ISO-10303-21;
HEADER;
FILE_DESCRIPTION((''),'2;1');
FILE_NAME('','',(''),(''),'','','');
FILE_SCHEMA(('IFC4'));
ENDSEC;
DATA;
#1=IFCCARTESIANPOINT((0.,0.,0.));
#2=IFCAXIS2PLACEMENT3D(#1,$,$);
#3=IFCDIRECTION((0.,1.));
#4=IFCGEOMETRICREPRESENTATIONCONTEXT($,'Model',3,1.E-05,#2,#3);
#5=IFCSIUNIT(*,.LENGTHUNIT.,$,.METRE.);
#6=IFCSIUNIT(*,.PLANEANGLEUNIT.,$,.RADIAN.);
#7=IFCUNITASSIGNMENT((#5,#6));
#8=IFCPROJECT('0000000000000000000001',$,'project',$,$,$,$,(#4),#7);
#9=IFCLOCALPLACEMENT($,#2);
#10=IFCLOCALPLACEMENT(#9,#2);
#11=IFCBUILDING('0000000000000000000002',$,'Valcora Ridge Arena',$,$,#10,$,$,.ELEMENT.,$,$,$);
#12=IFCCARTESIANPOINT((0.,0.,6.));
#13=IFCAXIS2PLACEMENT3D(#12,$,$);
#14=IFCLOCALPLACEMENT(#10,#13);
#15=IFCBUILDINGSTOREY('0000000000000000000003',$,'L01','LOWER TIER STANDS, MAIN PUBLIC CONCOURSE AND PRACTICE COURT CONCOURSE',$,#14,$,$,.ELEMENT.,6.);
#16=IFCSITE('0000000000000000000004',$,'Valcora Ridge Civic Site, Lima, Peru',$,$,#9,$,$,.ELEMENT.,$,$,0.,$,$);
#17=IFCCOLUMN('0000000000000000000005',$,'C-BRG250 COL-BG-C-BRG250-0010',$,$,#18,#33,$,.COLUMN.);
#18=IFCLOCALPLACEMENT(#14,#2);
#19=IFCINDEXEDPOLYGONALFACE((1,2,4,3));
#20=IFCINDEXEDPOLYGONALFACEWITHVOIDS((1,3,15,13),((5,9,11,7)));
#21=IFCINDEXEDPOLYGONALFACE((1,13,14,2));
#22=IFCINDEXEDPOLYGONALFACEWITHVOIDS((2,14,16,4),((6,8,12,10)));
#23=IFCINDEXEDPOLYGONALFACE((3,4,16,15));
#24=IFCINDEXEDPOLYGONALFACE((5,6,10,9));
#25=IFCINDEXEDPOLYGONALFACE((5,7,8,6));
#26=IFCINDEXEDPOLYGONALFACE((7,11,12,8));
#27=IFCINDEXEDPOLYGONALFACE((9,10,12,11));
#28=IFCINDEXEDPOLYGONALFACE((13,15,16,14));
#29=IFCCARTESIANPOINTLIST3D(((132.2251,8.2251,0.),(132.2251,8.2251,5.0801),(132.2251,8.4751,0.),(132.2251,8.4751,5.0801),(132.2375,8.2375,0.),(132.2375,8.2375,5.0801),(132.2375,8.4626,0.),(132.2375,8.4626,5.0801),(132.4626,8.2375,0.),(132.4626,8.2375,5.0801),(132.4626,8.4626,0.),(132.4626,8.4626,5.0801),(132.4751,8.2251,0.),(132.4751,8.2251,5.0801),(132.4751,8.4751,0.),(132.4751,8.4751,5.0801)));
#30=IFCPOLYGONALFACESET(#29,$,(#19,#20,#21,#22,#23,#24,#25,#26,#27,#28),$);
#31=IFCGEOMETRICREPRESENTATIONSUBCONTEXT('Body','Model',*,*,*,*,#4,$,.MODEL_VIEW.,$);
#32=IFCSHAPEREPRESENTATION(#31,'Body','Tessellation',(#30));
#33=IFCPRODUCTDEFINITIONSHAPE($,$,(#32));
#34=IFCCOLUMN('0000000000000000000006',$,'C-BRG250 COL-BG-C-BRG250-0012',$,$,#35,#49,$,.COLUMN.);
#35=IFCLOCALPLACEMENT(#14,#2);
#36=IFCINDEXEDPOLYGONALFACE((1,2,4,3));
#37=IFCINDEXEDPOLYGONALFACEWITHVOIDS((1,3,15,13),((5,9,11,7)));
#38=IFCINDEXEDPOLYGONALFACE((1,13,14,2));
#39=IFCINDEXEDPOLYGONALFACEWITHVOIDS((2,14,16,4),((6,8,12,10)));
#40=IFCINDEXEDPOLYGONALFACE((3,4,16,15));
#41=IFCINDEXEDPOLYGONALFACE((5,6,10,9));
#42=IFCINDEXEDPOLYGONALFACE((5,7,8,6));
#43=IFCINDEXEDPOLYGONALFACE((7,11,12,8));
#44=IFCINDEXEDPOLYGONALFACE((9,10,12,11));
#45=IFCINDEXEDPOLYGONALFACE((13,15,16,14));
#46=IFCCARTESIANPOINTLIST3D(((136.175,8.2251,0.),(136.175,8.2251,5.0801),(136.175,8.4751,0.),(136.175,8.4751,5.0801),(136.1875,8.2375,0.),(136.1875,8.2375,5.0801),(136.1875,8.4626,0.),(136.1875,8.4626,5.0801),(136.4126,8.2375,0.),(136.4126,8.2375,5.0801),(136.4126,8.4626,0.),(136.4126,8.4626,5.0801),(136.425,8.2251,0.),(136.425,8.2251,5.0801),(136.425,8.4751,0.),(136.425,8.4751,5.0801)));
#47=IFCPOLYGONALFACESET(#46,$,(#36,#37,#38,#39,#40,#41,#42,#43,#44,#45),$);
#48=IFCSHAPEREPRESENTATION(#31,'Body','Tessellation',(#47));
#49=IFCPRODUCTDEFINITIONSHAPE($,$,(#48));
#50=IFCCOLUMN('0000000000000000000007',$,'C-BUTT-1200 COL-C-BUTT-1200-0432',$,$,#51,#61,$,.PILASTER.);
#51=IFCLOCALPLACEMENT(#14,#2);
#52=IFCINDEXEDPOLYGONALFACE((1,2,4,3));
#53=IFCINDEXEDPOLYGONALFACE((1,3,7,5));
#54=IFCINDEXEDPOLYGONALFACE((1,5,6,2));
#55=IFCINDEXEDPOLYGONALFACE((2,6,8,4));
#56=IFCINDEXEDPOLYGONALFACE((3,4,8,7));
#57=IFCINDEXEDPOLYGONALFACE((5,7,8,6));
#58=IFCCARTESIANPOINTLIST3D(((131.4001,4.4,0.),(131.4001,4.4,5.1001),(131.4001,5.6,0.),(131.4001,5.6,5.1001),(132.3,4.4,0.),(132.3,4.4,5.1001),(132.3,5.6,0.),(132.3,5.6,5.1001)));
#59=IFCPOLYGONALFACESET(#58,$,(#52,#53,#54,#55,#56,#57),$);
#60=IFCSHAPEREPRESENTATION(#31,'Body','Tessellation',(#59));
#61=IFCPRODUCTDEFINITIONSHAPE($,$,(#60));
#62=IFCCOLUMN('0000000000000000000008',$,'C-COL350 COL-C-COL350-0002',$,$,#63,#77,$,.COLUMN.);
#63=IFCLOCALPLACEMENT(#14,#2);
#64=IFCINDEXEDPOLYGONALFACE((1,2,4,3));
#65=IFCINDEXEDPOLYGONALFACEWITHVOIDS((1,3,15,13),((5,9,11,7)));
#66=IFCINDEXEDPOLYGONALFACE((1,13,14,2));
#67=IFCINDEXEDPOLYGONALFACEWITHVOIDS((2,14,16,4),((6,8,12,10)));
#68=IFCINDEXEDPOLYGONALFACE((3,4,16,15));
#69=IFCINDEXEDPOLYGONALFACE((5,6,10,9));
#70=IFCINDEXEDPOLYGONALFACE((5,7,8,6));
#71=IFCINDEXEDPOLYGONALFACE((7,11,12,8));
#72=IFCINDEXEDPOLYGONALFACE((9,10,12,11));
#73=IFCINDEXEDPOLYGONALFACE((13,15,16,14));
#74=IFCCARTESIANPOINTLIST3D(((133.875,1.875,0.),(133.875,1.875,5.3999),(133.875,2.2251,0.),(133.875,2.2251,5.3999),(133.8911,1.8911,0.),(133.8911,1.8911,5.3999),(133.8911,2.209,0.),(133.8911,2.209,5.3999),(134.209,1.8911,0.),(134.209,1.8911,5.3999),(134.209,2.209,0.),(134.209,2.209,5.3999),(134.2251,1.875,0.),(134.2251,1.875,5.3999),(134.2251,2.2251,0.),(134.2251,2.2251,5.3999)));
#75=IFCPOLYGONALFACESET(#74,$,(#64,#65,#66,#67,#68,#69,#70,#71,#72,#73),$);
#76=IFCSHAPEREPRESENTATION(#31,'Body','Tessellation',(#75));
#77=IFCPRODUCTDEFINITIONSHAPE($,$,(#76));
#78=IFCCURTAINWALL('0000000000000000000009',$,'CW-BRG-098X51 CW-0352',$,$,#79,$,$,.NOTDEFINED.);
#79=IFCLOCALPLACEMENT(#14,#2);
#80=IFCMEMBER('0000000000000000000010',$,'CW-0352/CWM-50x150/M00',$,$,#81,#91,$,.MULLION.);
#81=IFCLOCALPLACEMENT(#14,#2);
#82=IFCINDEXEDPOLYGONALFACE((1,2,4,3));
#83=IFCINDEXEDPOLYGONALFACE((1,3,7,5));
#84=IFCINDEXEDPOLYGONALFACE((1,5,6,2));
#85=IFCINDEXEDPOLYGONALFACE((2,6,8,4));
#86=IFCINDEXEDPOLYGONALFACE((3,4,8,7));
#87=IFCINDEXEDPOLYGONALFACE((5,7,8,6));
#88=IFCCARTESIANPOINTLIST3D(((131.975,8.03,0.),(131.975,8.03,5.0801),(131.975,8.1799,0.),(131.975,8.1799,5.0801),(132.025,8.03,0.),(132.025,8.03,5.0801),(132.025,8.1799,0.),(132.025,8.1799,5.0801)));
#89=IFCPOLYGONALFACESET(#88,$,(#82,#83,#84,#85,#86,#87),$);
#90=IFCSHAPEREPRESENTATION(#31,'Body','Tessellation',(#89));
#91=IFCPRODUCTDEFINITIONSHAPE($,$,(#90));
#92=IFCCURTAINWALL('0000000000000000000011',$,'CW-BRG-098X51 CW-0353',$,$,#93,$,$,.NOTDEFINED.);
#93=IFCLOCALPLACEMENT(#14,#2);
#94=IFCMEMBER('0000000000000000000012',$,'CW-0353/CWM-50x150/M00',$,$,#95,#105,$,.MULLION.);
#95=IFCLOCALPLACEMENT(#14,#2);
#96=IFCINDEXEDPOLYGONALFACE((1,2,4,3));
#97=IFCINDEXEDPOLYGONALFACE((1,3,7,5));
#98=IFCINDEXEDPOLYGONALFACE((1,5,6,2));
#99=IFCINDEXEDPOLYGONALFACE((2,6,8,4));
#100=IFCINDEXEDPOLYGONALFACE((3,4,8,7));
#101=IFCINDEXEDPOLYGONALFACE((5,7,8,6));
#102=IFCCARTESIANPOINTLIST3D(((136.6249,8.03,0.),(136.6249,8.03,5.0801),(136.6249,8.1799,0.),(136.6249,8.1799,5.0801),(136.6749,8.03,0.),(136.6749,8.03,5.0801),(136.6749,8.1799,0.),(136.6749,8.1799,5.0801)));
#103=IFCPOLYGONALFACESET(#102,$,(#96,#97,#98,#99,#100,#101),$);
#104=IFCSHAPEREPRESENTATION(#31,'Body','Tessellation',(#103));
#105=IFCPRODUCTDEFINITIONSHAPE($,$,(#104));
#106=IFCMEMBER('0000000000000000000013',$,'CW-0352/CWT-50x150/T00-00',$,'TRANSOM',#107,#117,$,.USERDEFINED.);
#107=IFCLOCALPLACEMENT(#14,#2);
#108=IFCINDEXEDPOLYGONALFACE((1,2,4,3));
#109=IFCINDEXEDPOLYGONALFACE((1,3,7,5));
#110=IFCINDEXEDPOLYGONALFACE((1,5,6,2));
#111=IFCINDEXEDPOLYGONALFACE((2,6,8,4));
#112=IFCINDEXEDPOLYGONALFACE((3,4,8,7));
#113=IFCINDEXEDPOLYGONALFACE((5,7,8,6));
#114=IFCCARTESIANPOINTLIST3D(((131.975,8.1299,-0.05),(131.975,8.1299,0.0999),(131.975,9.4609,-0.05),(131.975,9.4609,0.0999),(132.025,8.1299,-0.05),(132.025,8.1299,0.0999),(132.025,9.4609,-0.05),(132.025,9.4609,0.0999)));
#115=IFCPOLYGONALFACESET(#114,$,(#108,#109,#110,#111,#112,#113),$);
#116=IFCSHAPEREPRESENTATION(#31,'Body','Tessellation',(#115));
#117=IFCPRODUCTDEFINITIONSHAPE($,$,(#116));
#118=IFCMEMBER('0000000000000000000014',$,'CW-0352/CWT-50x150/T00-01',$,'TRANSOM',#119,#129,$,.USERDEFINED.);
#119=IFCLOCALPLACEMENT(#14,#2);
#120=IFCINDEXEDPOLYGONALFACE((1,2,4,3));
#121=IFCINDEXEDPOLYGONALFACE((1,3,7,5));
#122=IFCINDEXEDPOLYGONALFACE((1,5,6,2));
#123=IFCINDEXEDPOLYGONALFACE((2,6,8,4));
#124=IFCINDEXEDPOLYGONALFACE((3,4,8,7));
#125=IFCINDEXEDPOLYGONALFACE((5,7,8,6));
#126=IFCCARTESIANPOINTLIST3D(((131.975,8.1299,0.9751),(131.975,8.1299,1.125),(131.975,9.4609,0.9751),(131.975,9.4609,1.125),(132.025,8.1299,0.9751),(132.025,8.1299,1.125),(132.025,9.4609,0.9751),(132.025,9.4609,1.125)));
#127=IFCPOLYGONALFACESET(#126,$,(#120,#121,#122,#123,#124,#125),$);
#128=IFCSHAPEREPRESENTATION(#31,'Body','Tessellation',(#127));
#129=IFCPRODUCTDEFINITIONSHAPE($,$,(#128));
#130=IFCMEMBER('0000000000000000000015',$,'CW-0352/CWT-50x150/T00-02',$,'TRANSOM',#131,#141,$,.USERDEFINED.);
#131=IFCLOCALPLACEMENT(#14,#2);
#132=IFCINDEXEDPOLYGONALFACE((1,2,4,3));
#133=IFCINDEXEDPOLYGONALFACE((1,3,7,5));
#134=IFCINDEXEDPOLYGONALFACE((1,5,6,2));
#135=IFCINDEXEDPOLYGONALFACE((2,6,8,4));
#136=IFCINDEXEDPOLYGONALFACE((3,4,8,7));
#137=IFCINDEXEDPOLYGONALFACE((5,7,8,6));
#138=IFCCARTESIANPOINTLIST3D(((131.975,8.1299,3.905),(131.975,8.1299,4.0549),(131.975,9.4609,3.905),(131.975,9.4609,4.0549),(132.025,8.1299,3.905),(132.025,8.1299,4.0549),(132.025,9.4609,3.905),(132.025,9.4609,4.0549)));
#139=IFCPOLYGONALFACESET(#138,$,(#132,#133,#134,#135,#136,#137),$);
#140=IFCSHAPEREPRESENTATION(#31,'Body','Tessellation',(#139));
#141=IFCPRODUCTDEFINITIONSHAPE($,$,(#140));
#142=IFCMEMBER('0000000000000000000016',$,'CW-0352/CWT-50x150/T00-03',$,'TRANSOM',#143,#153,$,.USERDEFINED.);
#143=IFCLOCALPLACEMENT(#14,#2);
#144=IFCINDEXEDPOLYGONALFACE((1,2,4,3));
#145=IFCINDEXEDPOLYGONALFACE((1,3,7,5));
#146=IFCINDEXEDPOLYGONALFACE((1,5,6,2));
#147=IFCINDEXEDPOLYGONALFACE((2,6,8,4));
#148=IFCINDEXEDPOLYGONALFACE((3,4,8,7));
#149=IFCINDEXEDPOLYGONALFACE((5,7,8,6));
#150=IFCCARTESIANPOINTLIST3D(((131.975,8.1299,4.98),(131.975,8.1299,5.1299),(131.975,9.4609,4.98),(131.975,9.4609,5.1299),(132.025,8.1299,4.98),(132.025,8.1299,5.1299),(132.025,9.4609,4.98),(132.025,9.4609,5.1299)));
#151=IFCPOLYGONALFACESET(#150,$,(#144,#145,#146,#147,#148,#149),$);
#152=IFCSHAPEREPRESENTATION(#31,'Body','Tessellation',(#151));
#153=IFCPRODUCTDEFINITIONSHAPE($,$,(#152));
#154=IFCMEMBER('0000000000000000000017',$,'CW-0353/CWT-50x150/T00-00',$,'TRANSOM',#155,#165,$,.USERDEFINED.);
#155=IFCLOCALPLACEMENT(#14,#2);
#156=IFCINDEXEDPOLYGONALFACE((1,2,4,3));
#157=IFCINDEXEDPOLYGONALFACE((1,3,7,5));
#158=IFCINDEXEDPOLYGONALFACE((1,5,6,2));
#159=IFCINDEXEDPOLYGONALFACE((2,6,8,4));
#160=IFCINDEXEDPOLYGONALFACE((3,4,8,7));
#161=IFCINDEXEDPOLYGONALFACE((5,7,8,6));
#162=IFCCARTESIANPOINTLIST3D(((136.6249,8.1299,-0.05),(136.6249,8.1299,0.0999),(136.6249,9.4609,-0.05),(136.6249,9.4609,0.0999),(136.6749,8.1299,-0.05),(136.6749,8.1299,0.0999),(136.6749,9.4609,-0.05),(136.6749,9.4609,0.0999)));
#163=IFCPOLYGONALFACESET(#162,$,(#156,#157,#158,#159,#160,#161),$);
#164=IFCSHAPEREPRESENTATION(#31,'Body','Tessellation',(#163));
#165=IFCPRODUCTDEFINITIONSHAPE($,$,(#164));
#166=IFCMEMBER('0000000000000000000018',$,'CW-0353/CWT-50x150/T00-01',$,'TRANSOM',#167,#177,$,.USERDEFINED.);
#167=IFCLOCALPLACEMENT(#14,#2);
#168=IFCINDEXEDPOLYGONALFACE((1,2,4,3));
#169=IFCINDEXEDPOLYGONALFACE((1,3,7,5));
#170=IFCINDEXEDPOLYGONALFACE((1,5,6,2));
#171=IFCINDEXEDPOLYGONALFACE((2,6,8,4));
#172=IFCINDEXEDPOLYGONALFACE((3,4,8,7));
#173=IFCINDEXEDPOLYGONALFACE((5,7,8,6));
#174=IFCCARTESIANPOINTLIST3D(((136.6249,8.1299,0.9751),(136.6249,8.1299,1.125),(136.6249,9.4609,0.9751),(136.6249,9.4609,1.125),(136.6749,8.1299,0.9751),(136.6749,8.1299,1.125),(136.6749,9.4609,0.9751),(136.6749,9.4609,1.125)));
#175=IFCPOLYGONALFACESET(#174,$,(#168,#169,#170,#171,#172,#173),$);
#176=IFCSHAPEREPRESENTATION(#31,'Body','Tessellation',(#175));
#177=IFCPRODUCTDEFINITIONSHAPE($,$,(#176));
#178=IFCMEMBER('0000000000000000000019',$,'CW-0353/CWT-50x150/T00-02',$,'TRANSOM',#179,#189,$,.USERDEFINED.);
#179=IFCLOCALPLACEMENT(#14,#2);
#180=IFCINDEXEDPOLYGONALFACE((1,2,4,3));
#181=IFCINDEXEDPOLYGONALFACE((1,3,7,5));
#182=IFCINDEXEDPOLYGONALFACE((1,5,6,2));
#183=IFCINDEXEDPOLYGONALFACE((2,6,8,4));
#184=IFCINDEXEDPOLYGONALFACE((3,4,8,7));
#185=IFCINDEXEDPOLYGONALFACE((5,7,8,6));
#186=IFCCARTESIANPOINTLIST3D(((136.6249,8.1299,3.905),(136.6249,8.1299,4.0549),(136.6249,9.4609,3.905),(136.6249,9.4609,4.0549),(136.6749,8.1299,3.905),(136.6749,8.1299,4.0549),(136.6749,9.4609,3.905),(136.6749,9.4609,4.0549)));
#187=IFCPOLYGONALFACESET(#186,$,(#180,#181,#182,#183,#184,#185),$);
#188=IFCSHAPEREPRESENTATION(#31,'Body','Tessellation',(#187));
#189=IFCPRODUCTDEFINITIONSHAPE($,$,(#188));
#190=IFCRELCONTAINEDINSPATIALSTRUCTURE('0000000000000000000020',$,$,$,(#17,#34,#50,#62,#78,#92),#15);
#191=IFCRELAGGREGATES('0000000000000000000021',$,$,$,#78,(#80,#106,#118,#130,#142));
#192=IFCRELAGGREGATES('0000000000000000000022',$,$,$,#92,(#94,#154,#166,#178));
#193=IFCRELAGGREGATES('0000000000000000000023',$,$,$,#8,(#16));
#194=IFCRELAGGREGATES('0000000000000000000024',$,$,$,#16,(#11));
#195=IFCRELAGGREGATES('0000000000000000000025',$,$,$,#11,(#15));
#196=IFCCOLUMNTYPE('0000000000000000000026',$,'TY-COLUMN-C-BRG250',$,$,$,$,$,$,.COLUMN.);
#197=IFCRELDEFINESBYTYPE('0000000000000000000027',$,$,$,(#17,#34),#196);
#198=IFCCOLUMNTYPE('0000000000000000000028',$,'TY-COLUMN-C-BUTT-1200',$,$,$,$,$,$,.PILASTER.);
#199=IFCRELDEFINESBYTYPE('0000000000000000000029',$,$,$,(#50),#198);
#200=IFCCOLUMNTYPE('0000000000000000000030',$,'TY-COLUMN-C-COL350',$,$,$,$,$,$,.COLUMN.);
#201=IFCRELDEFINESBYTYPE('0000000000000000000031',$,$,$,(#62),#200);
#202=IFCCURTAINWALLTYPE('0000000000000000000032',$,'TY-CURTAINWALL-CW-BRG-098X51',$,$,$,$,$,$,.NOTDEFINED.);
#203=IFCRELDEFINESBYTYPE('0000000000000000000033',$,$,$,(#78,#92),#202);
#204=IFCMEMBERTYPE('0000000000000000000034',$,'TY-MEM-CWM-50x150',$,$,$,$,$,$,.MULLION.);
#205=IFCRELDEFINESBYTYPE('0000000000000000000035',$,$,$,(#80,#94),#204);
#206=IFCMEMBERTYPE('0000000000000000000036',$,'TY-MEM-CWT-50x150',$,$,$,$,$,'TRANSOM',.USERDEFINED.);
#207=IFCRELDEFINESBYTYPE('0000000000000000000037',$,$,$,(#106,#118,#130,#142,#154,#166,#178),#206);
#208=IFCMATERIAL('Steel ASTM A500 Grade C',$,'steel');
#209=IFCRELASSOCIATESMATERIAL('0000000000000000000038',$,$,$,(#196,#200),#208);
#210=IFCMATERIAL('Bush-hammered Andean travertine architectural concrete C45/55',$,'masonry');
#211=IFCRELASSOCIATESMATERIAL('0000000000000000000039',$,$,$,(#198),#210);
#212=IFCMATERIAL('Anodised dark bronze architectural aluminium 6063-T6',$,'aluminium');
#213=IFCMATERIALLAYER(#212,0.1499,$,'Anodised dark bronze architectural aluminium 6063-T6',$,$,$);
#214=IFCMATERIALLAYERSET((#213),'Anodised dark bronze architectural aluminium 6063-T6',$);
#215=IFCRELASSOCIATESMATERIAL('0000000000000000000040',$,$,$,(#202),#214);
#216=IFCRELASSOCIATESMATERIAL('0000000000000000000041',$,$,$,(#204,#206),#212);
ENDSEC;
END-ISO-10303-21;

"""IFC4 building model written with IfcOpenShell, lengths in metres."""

from ifc_helpers import new_model, si_unit, direction, frame, origin, origin_2d, place, context, subcontext, project, spatial, rectangle, hollow_rectangle, extrude, material, layer, layer_set, material_profile, profile_set, type_object, element, aggregate, save


model = new_model("IFC4")

# Units and contexts
model_context = context("Model", 3, precision=1e-05, world=origin(), true_north=direction((0.0, 1.0)))
body_context = subcontext(model_context, "Body", "Model", "MODEL_VIEW")
ifc_project = project(units=[si_unit("LENGTHUNIT", "METRE"), si_unit("PLANEANGLEUNIT", "RADIAN")], contexts=[model_context])

# Site, building, storey
site_placement = place(None, origin())
site = spatial("IfcSite", under=ifc_project, at=site_placement, Name="Valcora Ridge Civic Site, Lima, Peru", CompositionType="ELEMENT", RefElevation=0.0)
building_placement = place(site_placement, origin())
building = spatial("IfcBuilding", under=site, at=building_placement, Name="Valcora Ridge Arena", CompositionType="ELEMENT")
storey_placement = place(building_placement, frame((0.0, 0.0, 6.0)))
storey = spatial("IfcBuildingStorey", under=building, at=storey_placement, Name="L01", Description="LOWER TIER STANDS, MAIN PUBLIC CONCOURSE AND PRACTICE COURT CONCOURSE", CompositionType="ELEMENT", Elevation=6.0)

# Columns
ifc_material_1 = material(Name="Steel ASTM A500 Grade C", Category="steel")
ifc_material_profile_1 = material_profile(ifc_material_1, hollow_rectangle(XDim=0.25, YDim=0.25, WallThickness=0.0125, at=origin_2d()), Name="HSS250X250X12")
ifc_profile_set_1 = profile_set([ifc_material_profile_1], Name="Steel ASTM A500 Grade C")
column_type_1 = type_object("IfcColumnType", Name="TY-COLUMN-C-BRG250", PredefinedType="COLUMN", material=ifc_profile_set_1)
for number, where, z_axis, x_axis, name in (
    (1, (132.3501, 8.3501, 0.0), (0.0, 0.0, 1.0), (1.0, 0.0, 0.0), "C-BRG250 COL-BG-C-BRG250-0010"),
    (2, (136.3, 8.3501, 0.0), (0.0, 0.0, 1.0), (1.0, 0.0, 0.0), "C-BRG250 COL-BG-C-BRG250-0012"),
):
    element("IfcColumn", number, at=place(storey_placement, frame(where, z_axis=z_axis, x_axis=x_axis)), inside=storey, type_object=column_type_1, Name=name, PredefinedType="COLUMN", context=body_context, shape_type="SweptSolid", body=[
        extrude(hollow_rectangle(XDim=0.25, YDim=0.25, WallThickness=0.0125, at=origin_2d()), origin(), (0.0, 0.0, 1.0), 5.0801),
    ])
ifc_material_2 = material(Name="Bush-hammered Andean travertine architectural concrete C45/55", Category="masonry")
ifc_material_profile_2 = material_profile(ifc_material_2, rectangle(XDim=0.8999, YDim=1.2, at=origin_2d()), Name="RC 900x1200")
ifc_profile_set_2 = profile_set([ifc_material_profile_2], Name="Bush-hammered Andean travertine architectural concrete C45/55")
column_type_2 = type_object("IfcColumnType", Name="TY-COLUMN-C-BUTT-1200", PredefinedType="PILASTER", material=ifc_profile_set_2)
column_1_placement = place(storey_placement, frame((131.8501, 5.0, 0.0), z_axis=(0.0, 0.0, 1.0), x_axis=(1.0, 0.0, 0.0)))
element("IfcColumn", 3, at=column_1_placement, inside=storey, type_object=column_type_2, Name="C-BUTT-1200 COL-C-BUTT-1200-0432", PredefinedType="PILASTER", context=body_context, shape_type="SweptSolid", body=[
    extrude(rectangle(XDim=0.8999, YDim=1.2, at=origin_2d()), origin(), (0.0, 0.0, 1.0), 5.1001),
])
ifc_material_profile_3 = material_profile(ifc_material_1, hollow_rectangle(XDim=0.3501, YDim=0.3501, WallThickness=0.0161, at=origin_2d()), Name="HSS350X350X16")
ifc_profile_set_3 = profile_set([ifc_material_profile_3], Name="Steel ASTM A500 Grade C")
column_type_3 = type_object("IfcColumnType", Name="TY-COLUMN-C-COL350", PredefinedType="COLUMN", material=ifc_profile_set_3)
column_2_placement = place(storey_placement, frame((134.05, 2.05, 0.0), z_axis=(0.0, 0.0, 1.0), x_axis=(1.0, 0.0, 0.0)))
element("IfcColumn", 4, at=column_2_placement, inside=storey, type_object=column_type_3, Name="C-COL350 COL-C-COL350-0002", PredefinedType="COLUMN", context=body_context, shape_type="SweptSolid", body=[
    extrude(hollow_rectangle(XDim=0.3501, YDim=0.3501, WallThickness=0.0161, at=origin_2d()), origin(), (0.0, 0.0, 1.0), 5.3999),
])

# Curtain walls, members
ifc_material_3 = material(Name="Anodised dark bronze architectural aluminium 6063-T6", Category="aluminium")
ifc_layer_1 = layer(ifc_material_3, 0.1499, Name="Anodised dark bronze architectural aluminium 6063-T6")
ifc_layer_set_1 = layer_set([ifc_layer_1], Name="Anodised dark bronze architectural aluminium 6063-T6")
curtain_wall_type = type_object("IfcCurtainWallType", Name="TY-CURTAINWALL-CW-BRG-098X51", PredefinedType="NOTDEFINED", material=ifc_layer_set_1)
curtain_wall_1_placement = place(storey_placement, origin())
curtain_wall_1 = element("IfcCurtainWall", 5, at=curtain_wall_1_placement, inside=storey, type_object=curtain_wall_type, Name="CW-BRG-098X51 CW-0352", PredefinedType="NOTDEFINED")
ifc_material_profile_4 = material_profile(ifc_material_3, rectangle(XDim=0.05, YDim=0.1499, at=origin_2d()), Name="ALU MULLION 50x150")
ifc_profile_set_4 = profile_set([ifc_material_profile_4], Name="Anodised dark bronze architectural aluminium 6063-T6")
member_type_1 = type_object("IfcMemberType", Name="TY-MEM-CWM-50x150", PredefinedType="MULLION", material=ifc_profile_set_4)
member_1_placement = place(storey_placement, frame((132.0, 8.105, 0.0), z_axis=(0.0, 0.0, 1.0), x_axis=(-1.0, 0.0, 0.0)))
member_1 = element("IfcMember", 6, at=member_1_placement, type_object=member_type_1, Name="CW-0352/CWM-50x150/M00", PredefinedType="MULLION", context=body_context, shape_type="SweptSolid", body=[
    extrude(rectangle(XDim=0.05, YDim=0.1499, at=origin_2d()), origin(), (0.0, 0.0, 1.0), 5.0801),
])
curtain_wall_2_placement = place(storey_placement, origin())
curtain_wall_2 = element("IfcCurtainWall", 7, at=curtain_wall_2_placement, inside=storey, type_object=curtain_wall_type, Name="CW-BRG-098X51 CW-0353", PredefinedType="NOTDEFINED")
member_2_placement = place(storey_placement, frame((136.6499, 8.105, 0.0), z_axis=(0.0, 0.0, 1.0), x_axis=(-1.0, 0.0, 0.0)))
member_2 = element("IfcMember", 8, at=member_2_placement, type_object=member_type_1, Name="CW-0353/CWM-50x150/M00", PredefinedType="MULLION", context=body_context, shape_type="SweptSolid", body=[
    extrude(rectangle(XDim=0.05, YDim=0.1499, at=origin_2d()), origin(), (0.0, 0.0, 1.0), 5.0801),
])

# Members
ifc_material_profile_5 = material_profile(ifc_material_3, rectangle(XDim=0.05, YDim=0.1499, at=origin_2d()), Name="ALU TRANSOM 50x150")
ifc_profile_set_5 = profile_set([ifc_material_profile_5], Name="Anodised dark bronze architectural aluminium 6063-T6")
member_type_2 = type_object("IfcMemberType", Name="TY-MEM-CWT-50x150", ElementType="TRANSOM", PredefinedType="USERDEFINED", material=ifc_profile_set_5)
member_3_placement = place(storey_placement, frame((132.0, 8.1299, 0.0249), z_axis=(0.0, 1.0, 0.0), x_axis=(-1.0, 0.0, 0.0)))
member_3 = element("IfcMember", 9, at=member_3_placement, type_object=member_type_2, Name="CW-0352/CWT-50x150/T00-00", ObjectType="TRANSOM", PredefinedType="USERDEFINED", context=body_context, shape_type="SweptSolid", body=[
    extrude(rectangle(XDim=0.05, YDim=0.1499, at=origin_2d()), origin(), (0.0, 0.0, 1.0), 1.3311),
])
member_4_placement = place(storey_placement, frame((132.0, 8.1299, 1.05), z_axis=(0.0, 1.0, 0.0), x_axis=(-1.0, 0.0, 0.0)))
member_4 = element("IfcMember", 10, at=member_4_placement, type_object=member_type_2, Name="CW-0352/CWT-50x150/T00-01", ObjectType="TRANSOM", PredefinedType="USERDEFINED", context=body_context, shape_type="SweptSolid", body=[
    extrude(rectangle(XDim=0.05, YDim=0.1499, at=origin_2d()), origin(), (0.0, 0.0, 1.0), 1.3311),
])
member_5_placement = place(storey_placement, frame((132.0, 8.1299, 3.98), z_axis=(0.0, 1.0, 0.0), x_axis=(-1.0, 0.0, 0.0)))
member_5 = element("IfcMember", 11, at=member_5_placement, type_object=member_type_2, Name="CW-0352/CWT-50x150/T00-02", ObjectType="TRANSOM", PredefinedType="USERDEFINED", context=body_context, shape_type="SweptSolid", body=[
    extrude(rectangle(XDim=0.05, YDim=0.1499, at=origin_2d()), origin(), (0.0, 0.0, 1.0), 1.3311),
])
member_6_placement = place(storey_placement, frame((132.0, 8.1299, 5.0549), z_axis=(0.0, 1.0, 0.0), x_axis=(-1.0, 0.0, 0.0)))
member_6 = element("IfcMember", 12, at=member_6_placement, type_object=member_type_2, Name="CW-0352/CWT-50x150/T00-03", ObjectType="TRANSOM", PredefinedType="USERDEFINED", context=body_context, shape_type="SweptSolid", body=[
    extrude(rectangle(XDim=0.05, YDim=0.1499, at=origin_2d()), origin(), (0.0, 0.0, 1.0), 1.3311),
])
member_7_placement = place(storey_placement, frame((136.6499, 8.1299, 0.0249), z_axis=(0.0, 1.0, 0.0), x_axis=(-1.0, 0.0, 0.0)))
member_7 = element("IfcMember", 13, at=member_7_placement, type_object=member_type_2, Name="CW-0353/CWT-50x150/T00-00", ObjectType="TRANSOM", PredefinedType="USERDEFINED", context=body_context, shape_type="SweptSolid", body=[
    extrude(rectangle(XDim=0.05, YDim=0.1499, at=origin_2d()), origin(), (0.0, 0.0, 1.0), 1.3311),
])
member_8_placement = place(storey_placement, frame((136.6499, 8.1299, 1.05), z_axis=(0.0, 1.0, 0.0), x_axis=(-1.0, 0.0, 0.0)))
member_8 = element("IfcMember", 14, at=member_8_placement, type_object=member_type_2, Name="CW-0353/CWT-50x150/T00-01", ObjectType="TRANSOM", PredefinedType="USERDEFINED", context=body_context, shape_type="SweptSolid", body=[
    extrude(rectangle(XDim=0.05, YDim=0.1499, at=origin_2d()), origin(), (0.0, 0.0, 1.0), 1.3311),
])
member_9_placement = place(storey_placement, frame((136.6499, 8.1299, 3.98), z_axis=(0.0, 1.0, 0.0), x_axis=(-1.0, 0.0, 0.0)))
member_9 = element("IfcMember", 15, at=member_9_placement, type_object=member_type_2, Name="CW-0353/CWT-50x150/T00-02", ObjectType="TRANSOM", PredefinedType="USERDEFINED", context=body_context, shape_type="SweptSolid", body=[
    extrude(rectangle(XDim=0.05, YDim=0.1499, at=origin_2d()), origin(), (0.0, 0.0, 1.0), 1.3311),
])

aggregate(curtain_wall_1, [member_1, member_3, member_4, member_5, member_6])
aggregate(curtain_wall_2, [member_2, member_7, member_8, member_9])

save(model, "model.ifc")
